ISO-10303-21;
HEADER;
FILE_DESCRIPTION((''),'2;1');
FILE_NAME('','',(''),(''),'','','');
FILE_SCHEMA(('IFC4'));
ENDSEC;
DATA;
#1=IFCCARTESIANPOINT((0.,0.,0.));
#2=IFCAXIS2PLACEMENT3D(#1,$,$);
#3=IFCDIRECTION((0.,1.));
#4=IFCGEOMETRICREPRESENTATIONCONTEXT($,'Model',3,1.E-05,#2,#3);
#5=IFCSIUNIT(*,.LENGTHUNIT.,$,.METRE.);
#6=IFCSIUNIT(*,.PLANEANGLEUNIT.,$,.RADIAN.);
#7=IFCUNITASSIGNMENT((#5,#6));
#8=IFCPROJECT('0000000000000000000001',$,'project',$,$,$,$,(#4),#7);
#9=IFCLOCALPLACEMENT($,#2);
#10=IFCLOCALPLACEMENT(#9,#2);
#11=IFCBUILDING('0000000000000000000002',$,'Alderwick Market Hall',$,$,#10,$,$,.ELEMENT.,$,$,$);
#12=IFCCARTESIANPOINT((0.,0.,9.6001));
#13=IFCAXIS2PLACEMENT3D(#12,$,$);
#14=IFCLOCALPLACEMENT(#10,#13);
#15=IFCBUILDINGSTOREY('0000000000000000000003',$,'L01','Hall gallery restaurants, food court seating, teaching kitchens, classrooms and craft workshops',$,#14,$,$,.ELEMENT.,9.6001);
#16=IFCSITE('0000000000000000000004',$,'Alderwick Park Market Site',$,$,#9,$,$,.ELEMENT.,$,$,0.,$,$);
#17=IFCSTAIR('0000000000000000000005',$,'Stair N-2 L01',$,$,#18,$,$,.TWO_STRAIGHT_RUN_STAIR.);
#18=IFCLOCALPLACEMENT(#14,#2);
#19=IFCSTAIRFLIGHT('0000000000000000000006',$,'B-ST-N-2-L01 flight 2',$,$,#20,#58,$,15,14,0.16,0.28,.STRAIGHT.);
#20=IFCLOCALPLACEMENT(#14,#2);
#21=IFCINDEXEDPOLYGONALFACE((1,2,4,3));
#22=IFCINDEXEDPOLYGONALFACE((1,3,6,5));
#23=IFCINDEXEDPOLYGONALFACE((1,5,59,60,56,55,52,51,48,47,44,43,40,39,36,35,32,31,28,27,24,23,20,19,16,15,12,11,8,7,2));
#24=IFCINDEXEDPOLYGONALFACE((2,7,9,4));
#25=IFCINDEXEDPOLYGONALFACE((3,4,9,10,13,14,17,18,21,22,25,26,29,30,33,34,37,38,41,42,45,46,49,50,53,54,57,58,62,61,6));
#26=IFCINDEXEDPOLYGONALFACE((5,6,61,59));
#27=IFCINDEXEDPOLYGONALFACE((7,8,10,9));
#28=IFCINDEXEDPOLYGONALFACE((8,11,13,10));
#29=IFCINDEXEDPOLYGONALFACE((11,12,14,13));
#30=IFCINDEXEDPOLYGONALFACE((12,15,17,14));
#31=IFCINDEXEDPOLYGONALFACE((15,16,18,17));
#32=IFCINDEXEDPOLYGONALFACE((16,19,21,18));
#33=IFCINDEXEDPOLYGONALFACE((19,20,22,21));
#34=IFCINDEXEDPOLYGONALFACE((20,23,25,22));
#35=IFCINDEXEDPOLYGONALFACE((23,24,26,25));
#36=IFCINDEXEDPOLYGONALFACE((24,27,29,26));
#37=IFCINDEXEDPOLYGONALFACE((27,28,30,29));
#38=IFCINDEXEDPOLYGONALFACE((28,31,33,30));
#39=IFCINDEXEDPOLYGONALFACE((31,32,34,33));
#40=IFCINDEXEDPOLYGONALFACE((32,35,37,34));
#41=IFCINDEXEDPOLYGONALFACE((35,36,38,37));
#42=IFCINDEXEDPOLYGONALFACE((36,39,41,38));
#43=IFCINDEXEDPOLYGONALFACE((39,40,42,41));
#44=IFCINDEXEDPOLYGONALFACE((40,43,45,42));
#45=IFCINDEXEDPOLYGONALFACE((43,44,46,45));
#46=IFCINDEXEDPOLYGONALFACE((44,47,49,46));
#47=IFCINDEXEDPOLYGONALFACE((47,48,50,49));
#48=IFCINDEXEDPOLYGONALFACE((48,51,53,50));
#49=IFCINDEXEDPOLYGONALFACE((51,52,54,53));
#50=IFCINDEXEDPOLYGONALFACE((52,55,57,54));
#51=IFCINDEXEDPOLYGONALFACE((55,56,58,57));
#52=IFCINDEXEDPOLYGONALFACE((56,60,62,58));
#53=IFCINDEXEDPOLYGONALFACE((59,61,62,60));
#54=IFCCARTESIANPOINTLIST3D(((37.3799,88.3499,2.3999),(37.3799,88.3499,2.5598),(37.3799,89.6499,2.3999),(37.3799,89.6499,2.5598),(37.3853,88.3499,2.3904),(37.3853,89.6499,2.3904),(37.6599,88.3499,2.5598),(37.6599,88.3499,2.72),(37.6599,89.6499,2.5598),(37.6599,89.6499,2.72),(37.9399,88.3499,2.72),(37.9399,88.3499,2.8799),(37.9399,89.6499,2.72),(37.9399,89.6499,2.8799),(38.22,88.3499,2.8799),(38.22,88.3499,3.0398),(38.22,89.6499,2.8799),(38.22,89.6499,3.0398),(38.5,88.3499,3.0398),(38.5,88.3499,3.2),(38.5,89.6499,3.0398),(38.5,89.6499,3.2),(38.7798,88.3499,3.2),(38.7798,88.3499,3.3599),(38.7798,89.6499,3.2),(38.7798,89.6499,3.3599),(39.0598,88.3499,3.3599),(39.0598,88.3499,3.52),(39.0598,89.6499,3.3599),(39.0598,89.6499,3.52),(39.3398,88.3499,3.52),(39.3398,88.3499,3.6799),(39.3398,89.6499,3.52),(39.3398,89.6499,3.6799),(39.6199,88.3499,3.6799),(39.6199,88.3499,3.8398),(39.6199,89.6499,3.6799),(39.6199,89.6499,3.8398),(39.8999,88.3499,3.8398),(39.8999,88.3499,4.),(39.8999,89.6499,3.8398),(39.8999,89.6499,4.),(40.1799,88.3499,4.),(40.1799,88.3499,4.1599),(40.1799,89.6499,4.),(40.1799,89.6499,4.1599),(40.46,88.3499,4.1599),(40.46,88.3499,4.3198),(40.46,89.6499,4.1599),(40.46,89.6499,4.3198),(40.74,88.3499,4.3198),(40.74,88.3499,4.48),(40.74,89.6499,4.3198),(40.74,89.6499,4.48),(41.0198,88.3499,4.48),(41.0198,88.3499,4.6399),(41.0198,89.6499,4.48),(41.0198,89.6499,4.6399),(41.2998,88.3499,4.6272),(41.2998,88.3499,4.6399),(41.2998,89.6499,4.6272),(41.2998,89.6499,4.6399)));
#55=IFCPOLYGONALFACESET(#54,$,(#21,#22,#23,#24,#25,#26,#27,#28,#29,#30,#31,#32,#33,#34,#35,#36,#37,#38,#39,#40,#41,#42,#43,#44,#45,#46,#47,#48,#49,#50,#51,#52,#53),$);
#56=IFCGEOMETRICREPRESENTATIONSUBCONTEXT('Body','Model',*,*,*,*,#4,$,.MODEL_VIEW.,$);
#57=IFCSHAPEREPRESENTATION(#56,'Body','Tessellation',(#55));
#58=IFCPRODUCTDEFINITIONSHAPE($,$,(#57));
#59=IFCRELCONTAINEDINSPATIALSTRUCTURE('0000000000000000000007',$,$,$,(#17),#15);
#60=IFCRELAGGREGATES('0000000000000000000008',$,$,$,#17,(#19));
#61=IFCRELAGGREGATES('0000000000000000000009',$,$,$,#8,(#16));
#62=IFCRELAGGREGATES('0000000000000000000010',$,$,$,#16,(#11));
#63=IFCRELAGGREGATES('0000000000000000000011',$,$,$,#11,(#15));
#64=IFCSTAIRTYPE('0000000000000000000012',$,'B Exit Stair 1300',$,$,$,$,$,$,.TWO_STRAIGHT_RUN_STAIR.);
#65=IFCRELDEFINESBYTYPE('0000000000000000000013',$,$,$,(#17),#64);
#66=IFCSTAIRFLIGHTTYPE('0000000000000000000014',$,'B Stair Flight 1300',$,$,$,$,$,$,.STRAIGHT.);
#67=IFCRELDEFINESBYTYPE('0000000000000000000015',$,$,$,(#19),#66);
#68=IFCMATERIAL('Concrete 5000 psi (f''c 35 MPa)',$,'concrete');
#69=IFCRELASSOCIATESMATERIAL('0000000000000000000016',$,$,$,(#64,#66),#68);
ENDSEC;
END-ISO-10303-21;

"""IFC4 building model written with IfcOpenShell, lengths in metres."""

from ifc_helpers import new_model, si_unit, direction, frame, origin, place, context, subcontext, project, spatial, polyline, outline, extrude, material, type_object, element, aggregate, save


model = new_model("IFC4")

# Units and contexts
model_context = context("Model", 3, precision=1e-05, world=origin(), true_north=direction((0.0, 1.0)))
body_context = subcontext(model_context, "Body", "Model", "MODEL_VIEW")
ifc_project = project(units=[si_unit("LENGTHUNIT", "METRE"), si_unit("PLANEANGLEUNIT", "RADIAN")], contexts=[model_context])

# Site, building, storey
site_placement = place(None, origin())
site = spatial("IfcSite", under=ifc_project, at=site_placement, Name="Alderwick Park Market Site", CompositionType="ELEMENT", RefElevation=0.0)
building_placement = place(site_placement, origin())
building = spatial("IfcBuilding", under=site, at=building_placement, Name="Alderwick Market Hall", CompositionType="ELEMENT")
storey_placement = place(building_placement, frame((0.0, 0.0, 9.6001)))
storey = spatial("IfcBuildingStorey", under=building, at=storey_placement, Name="L01", Description="Hall gallery restaurants, food court seating, teaching kitchens, classrooms and craft workshops", CompositionType="ELEMENT", Elevation=9.6001)

# Shared definitions
ifc_material_1 = material(Name="Concrete 5000 psi (f'c 35 MPa)", Category="concrete")

# Stair, stair flight
stair_type = type_object("IfcStairType", Name="B Exit Stair 1300", PredefinedType="TWO_STRAIGHT_RUN_STAIR", material=ifc_material_1)
stair_placement = place(storey_placement, origin())
stair = element("IfcStair", 1, at=stair_placement, inside=storey, type_object=stair_type, Name="Stair N-2 L01", PredefinedType="TWO_STRAIGHT_RUN_STAIR")
stair_flight_type = type_object("IfcStairFlightType", Name="B Stair Flight 1300", PredefinedType="STRAIGHT", material=ifc_material_1)
stair_flight_1_placement = place(storey_placement, frame((37.3799, 89.0, 2.3999), z_axis=(0.0, 0.0, 1.0), x_axis=(1.0, 0.0, 0.0)))
stair_flight_1 = element("IfcStairFlight", 2, at=stair_flight_1_placement, type_object=stair_flight_type, Name="B-ST-N-2-L01 flight 2", NumberOfRisers=15, NumberOfTreads=14, PredefinedType="STRAIGHT", RiserHeight=0.16, TreadLength=0.28, context=body_context, shape_type="SweptSolid", body=[
    extrude(outline(polyline([(0.0054, -0.0095), (0.0, 0.0), (0.0, 0.1599), (0.28, 0.1599), (0.28, 0.3201), (0.5601, 0.3201), (0.5601, 0.48), (0.8401, 0.48), (0.8401, 0.6399), (1.1201, 0.6399), (1.1201, 0.8), (1.3999, 0.8), (1.3999, 0.96), (1.6799, 0.96), (1.6799, 1.1201), (1.96, 1.1201), (1.96, 1.28), (2.24, 1.28), (2.24, 1.4399), (2.52, 1.4399), (2.52, 1.6001), (2.8, 1.6001), (2.8, 1.76), (3.0801, 1.76), (3.0801, 1.9199), (3.3601, 1.9199), (3.3601, 2.0801), (3.6399, 2.0801), (3.6399, 2.24), (3.9199, 2.24), (3.9199, 2.2273), (0.0054, -0.0095)])), frame((0.0, 0.6499, 0.0), z_axis=(0.0, -1.0, 0.0), x_axis=(1.0, 0.0, 0.0)), (0.0, 0.0, 1.0), 1.3),
])
aggregate(stair, [stair_flight_1])

save(model, "model.ifc")
